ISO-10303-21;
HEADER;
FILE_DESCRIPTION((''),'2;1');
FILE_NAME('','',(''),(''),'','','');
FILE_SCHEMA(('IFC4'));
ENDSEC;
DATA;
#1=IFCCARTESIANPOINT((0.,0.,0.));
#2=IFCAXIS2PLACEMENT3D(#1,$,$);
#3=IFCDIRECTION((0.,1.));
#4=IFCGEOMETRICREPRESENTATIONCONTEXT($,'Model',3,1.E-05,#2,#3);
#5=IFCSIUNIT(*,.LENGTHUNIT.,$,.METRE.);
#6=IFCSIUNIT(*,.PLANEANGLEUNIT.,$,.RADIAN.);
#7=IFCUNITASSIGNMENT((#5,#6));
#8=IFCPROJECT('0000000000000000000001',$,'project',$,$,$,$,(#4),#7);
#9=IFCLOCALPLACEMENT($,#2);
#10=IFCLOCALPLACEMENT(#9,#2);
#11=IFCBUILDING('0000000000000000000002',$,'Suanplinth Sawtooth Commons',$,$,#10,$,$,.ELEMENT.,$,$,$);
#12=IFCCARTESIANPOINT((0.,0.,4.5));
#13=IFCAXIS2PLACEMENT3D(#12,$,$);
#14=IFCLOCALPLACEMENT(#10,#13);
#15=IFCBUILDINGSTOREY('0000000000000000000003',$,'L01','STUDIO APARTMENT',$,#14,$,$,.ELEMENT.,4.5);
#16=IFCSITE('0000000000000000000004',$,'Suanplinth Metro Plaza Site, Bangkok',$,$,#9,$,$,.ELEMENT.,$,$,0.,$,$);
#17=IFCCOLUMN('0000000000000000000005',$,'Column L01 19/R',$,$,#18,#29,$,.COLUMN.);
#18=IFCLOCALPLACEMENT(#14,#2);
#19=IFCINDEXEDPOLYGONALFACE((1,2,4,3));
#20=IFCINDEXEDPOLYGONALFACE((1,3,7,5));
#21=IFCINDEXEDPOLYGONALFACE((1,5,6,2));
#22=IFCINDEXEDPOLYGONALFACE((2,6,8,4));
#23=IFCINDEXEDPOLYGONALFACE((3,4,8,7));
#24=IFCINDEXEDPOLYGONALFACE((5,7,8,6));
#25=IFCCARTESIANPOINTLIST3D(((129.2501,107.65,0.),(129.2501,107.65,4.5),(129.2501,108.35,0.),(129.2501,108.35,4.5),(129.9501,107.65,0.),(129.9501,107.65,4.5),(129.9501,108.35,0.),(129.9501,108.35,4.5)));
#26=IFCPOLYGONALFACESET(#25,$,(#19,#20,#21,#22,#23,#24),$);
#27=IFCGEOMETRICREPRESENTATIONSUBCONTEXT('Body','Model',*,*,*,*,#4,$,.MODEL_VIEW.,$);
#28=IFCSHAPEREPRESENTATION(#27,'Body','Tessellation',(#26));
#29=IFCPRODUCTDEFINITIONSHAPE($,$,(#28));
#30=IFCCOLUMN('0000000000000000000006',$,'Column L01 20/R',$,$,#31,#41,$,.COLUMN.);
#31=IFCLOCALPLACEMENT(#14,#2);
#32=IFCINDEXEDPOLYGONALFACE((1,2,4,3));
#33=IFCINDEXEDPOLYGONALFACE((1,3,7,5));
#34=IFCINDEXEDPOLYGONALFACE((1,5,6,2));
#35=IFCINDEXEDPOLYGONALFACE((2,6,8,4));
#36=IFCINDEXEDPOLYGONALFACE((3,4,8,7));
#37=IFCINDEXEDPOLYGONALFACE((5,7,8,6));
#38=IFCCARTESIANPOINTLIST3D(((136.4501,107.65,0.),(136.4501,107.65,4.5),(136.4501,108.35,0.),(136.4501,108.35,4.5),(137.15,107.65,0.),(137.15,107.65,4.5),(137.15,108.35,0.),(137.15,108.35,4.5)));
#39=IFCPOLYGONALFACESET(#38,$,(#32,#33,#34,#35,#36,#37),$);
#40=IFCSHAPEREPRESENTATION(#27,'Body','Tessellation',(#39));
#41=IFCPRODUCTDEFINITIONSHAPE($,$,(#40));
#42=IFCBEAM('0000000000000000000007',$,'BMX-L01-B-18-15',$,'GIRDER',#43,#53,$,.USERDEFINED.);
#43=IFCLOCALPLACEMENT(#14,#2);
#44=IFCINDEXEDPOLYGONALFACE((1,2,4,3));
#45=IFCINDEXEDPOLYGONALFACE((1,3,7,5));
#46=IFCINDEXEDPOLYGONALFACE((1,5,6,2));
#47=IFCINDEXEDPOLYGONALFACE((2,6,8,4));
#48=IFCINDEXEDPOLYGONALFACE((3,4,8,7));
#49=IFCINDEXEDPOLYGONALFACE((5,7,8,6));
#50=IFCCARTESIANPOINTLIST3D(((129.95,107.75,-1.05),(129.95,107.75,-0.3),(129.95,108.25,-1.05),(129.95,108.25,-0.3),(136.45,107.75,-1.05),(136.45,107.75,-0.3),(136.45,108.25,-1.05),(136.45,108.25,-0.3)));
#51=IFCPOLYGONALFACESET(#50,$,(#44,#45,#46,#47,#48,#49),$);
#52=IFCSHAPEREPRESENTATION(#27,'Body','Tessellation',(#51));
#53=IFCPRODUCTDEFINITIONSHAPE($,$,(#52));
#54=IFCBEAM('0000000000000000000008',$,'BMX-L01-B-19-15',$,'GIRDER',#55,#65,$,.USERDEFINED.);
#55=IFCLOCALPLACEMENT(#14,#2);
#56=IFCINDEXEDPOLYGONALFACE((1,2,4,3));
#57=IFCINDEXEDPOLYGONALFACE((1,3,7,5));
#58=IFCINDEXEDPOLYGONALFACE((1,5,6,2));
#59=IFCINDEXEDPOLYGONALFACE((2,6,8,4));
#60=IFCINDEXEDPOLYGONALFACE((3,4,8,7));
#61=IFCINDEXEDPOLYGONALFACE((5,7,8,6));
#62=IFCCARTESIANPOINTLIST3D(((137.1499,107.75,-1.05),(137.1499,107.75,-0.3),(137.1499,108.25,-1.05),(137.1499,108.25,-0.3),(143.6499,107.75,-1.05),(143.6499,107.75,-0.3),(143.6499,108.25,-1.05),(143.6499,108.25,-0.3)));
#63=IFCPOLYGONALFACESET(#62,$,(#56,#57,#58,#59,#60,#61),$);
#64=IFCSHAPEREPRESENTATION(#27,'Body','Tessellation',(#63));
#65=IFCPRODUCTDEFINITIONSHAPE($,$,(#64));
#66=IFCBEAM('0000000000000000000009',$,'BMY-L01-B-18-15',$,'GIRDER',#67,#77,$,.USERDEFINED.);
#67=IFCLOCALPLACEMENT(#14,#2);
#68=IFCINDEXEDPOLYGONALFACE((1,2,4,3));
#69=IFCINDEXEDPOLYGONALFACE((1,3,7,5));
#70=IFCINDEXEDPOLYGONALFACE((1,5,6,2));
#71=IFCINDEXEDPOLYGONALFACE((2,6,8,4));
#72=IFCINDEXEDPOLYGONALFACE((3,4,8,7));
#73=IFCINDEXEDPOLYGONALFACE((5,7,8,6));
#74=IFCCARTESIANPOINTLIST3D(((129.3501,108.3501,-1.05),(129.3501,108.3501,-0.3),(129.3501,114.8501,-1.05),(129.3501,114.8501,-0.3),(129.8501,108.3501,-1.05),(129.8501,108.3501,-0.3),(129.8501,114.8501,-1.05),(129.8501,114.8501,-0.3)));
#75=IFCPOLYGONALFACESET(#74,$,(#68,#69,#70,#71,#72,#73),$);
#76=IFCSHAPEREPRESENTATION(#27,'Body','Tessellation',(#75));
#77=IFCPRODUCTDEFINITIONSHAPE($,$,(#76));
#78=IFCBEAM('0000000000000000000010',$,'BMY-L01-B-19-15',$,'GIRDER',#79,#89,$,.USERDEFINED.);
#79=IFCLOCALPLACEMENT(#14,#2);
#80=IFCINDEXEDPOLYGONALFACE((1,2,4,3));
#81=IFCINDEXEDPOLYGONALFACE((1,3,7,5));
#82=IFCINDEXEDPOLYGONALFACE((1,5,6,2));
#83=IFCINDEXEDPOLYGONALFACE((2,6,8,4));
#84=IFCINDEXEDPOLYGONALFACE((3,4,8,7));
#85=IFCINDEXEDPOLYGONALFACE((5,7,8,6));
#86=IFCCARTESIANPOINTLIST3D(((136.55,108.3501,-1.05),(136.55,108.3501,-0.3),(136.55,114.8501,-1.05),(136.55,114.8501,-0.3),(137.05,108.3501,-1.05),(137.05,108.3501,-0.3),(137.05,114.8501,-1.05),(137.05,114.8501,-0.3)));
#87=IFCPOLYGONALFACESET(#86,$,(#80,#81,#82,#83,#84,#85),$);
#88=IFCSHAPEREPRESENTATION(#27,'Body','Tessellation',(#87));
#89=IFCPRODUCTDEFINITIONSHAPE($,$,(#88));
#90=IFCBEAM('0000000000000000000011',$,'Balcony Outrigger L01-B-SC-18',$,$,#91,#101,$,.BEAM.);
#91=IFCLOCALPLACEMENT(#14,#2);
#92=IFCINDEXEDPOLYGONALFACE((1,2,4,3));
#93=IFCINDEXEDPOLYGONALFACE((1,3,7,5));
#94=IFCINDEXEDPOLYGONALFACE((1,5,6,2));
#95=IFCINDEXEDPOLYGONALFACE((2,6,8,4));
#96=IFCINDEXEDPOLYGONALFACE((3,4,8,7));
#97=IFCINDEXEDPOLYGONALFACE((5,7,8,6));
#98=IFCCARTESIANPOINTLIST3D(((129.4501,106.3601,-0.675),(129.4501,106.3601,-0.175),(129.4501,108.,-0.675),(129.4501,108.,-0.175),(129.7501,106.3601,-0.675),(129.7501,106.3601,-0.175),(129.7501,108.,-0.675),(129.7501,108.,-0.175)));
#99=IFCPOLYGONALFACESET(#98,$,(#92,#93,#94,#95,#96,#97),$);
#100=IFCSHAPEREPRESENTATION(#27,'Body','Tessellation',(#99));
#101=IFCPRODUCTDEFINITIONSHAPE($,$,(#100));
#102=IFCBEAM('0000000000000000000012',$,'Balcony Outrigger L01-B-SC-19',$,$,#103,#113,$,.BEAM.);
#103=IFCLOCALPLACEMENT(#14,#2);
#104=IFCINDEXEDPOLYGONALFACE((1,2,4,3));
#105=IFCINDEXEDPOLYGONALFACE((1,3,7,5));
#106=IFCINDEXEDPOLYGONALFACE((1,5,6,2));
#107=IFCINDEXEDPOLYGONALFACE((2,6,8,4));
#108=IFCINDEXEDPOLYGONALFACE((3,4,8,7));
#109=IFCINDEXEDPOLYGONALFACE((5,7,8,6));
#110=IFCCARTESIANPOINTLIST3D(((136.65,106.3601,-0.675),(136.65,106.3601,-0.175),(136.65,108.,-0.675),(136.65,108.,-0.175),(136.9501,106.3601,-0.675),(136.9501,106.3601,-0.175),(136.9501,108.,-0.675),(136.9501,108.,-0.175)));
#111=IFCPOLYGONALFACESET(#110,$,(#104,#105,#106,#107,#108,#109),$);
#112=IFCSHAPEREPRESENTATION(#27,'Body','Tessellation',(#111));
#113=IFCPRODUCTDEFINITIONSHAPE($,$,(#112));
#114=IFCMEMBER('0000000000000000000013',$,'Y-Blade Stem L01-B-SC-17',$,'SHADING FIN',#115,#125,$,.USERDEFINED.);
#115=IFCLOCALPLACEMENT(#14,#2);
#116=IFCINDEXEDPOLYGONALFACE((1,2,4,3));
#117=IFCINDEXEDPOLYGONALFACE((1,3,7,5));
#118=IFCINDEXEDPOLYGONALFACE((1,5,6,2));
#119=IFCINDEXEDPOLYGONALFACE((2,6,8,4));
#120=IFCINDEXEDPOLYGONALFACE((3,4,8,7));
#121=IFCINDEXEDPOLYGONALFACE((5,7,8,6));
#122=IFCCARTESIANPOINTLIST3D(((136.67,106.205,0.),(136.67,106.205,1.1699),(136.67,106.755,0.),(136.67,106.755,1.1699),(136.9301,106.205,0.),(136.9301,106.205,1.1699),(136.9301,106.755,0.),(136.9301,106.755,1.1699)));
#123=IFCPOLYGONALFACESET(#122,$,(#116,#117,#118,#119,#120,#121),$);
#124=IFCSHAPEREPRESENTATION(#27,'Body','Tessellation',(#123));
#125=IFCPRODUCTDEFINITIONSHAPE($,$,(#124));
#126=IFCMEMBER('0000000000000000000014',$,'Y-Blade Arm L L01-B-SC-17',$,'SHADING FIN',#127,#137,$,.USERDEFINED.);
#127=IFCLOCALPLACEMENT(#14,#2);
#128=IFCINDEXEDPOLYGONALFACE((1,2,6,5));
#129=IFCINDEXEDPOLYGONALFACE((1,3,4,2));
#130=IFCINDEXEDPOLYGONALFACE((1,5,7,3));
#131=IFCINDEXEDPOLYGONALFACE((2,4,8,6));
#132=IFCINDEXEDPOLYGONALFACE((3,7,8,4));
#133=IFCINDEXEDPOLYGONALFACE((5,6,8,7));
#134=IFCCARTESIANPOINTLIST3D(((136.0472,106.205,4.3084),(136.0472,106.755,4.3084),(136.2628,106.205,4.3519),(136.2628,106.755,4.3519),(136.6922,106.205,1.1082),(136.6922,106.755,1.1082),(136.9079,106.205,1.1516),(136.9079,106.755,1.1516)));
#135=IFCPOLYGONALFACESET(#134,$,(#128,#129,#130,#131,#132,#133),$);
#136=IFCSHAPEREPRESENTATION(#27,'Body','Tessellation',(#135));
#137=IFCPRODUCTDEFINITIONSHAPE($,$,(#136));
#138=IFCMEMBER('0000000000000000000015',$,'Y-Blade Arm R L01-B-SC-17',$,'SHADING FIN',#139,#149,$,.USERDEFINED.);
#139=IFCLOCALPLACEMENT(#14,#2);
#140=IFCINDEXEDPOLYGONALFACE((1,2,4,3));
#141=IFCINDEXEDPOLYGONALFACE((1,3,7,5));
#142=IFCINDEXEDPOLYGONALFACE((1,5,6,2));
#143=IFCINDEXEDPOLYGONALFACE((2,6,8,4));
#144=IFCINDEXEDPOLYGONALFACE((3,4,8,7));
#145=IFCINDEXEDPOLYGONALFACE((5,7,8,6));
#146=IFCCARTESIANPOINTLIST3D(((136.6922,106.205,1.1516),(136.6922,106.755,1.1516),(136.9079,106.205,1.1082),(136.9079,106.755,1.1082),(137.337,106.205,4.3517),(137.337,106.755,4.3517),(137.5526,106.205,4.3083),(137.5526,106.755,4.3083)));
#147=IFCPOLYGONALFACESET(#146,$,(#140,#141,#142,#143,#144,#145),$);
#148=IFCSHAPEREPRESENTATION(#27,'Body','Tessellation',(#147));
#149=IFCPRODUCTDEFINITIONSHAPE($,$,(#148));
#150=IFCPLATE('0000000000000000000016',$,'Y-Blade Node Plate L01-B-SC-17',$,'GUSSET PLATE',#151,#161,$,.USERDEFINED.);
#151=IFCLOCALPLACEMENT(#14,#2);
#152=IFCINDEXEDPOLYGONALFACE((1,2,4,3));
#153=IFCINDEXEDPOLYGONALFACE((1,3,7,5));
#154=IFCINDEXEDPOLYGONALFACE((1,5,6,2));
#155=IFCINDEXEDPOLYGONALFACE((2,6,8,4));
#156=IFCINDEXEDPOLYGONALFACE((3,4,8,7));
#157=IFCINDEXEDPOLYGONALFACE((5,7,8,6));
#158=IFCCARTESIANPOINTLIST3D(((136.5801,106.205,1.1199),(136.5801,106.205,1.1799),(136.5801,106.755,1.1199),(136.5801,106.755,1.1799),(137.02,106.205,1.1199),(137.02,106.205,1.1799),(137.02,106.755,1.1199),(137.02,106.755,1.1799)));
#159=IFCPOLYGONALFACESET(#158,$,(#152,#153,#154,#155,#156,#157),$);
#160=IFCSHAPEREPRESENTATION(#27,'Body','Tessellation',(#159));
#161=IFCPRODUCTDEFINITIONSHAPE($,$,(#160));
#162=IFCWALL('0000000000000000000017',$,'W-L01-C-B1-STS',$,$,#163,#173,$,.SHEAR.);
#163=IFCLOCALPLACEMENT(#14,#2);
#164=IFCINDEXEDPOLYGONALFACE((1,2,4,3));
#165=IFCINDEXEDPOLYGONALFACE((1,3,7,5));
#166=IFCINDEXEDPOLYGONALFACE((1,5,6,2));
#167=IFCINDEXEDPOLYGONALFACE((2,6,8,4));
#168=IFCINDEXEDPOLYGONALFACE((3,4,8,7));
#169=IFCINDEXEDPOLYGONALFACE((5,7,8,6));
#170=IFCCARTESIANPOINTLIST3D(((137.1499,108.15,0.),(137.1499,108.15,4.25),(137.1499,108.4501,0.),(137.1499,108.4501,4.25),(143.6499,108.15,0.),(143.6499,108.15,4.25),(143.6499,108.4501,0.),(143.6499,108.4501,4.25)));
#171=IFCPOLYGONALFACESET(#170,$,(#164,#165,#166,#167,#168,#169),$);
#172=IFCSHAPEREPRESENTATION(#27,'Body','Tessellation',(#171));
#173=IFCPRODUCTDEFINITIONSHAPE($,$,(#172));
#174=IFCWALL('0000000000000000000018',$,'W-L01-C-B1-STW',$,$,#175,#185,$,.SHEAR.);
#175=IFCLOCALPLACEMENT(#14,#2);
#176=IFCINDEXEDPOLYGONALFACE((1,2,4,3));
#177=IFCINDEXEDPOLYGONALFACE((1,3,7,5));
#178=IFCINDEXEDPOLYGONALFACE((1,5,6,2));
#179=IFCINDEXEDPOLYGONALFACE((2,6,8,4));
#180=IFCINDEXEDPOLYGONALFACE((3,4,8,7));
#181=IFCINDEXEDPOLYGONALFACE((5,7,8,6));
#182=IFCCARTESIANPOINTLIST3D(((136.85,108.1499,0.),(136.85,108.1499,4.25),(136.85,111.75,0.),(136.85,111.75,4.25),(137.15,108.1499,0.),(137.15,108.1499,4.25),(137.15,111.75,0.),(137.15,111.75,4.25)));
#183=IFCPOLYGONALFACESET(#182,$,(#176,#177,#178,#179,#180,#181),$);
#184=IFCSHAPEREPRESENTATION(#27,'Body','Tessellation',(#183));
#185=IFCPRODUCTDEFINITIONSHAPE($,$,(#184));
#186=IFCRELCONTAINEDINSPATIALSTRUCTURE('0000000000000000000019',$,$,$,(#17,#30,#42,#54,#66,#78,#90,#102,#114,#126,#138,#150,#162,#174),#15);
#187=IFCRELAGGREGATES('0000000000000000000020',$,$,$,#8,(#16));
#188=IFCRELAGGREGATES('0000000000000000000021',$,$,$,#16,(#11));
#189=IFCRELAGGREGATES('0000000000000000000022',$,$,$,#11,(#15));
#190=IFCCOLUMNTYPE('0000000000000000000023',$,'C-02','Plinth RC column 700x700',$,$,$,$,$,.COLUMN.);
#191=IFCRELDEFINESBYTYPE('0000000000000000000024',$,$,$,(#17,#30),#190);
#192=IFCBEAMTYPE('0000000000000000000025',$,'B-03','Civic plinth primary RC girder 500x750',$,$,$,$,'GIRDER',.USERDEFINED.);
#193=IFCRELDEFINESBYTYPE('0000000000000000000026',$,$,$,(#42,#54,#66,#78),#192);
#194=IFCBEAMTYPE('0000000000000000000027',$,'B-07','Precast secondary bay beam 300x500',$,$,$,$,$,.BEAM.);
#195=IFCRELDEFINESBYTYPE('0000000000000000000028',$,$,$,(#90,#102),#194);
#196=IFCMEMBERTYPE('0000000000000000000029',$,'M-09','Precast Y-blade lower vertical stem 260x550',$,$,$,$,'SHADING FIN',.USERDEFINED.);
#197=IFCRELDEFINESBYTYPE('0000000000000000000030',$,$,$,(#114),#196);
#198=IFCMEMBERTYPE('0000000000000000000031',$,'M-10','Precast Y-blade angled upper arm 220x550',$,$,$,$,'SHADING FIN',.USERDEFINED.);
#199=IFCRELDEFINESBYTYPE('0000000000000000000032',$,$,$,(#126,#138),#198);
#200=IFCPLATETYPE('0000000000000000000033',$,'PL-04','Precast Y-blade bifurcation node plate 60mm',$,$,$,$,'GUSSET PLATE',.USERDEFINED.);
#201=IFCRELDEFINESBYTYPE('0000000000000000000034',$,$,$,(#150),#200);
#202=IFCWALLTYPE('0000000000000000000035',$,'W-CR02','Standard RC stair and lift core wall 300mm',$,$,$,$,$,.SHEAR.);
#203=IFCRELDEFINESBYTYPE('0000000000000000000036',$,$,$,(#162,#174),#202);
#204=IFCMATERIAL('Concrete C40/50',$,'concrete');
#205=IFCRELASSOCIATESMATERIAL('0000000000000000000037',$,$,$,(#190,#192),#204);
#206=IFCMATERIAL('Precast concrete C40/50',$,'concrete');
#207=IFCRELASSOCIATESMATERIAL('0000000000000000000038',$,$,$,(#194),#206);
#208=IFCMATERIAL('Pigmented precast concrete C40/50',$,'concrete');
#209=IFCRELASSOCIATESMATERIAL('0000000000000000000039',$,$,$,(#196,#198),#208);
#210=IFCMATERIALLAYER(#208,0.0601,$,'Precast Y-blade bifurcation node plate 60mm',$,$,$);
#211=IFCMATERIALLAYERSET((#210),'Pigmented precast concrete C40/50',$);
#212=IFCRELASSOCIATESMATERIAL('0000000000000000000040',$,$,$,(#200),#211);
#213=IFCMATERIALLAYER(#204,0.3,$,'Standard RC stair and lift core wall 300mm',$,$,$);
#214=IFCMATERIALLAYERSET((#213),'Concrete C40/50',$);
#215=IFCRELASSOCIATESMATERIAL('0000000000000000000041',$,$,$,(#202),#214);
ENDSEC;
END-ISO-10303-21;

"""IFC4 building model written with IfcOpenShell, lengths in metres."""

from ifc_helpers import new_model, si_unit, direction, frame, frame_2d, origin, origin_2d, place, context, subcontext, project, spatial, rectangle, extrude, material, layer, layer_set, material_profile, profile_set, type_object, element, save


model = new_model("IFC4")

# Units and contexts
model_context = context("Model", 3, precision=1e-05, world=origin(), true_north=direction((0.0, 1.0)))
body_context = subcontext(model_context, "Body", "Model", "MODEL_VIEW")
ifc_project = project(units=[si_unit("LENGTHUNIT", "METRE"), si_unit("PLANEANGLEUNIT", "RADIAN")], contexts=[model_context])

# Site, building, storey
site_placement = place(None, origin())
site = spatial("IfcSite", under=ifc_project, at=site_placement, Name="Suanplinth Metro Plaza Site, Bangkok", CompositionType="ELEMENT", RefElevation=0.0)
building_placement = place(site_placement, origin())
building = spatial("IfcBuilding", under=site, at=building_placement, Name="Suanplinth Sawtooth Commons", CompositionType="ELEMENT")
storey_placement = place(building_placement, frame((0.0, 0.0, 4.5)))
storey = spatial("IfcBuildingStorey", under=building, at=storey_placement, Name="L01", Description="STUDIO APARTMENT", CompositionType="ELEMENT", Elevation=4.5)

# Columns
ifc_material_1 = material(Name="Concrete C40/50", Category="concrete")
ifc_material_profile_1 = material_profile(ifc_material_1, rectangle(XDim=0.7, YDim=0.7, at=origin_2d()), Name="RC-COL 700x700")
ifc_profile_set_1 = profile_set([ifc_material_profile_1], Name="Concrete C40/50")
column_type = type_object("IfcColumnType", Name="C-02", Description="Plinth RC column 700x700", PredefinedType="COLUMN", material=ifc_profile_set_1)
for number, where, z_axis, x_axis, name in (
    (1, (129.6001, 108.0, 0.0), (0.0, 0.0, 1.0), (1.0, 0.0, 0.0), "Column L01 19/R"),
    (2, (136.8, 108.0, 0.0), (0.0, 0.0, 1.0), (1.0, 0.0, 0.0), "Column L01 20/R"),
):
    element("IfcColumn", number, at=place(storey_placement, frame(where, z_axis=z_axis, x_axis=x_axis)), inside=storey, type_object=column_type, Name=name, PredefinedType="COLUMN", context=body_context, shape_type="SweptSolid", body=[
        extrude(rectangle(XDim=0.7, YDim=0.7, at=origin_2d()), origin(), (0.0, 0.0, 1.0), 4.5),
    ])

# Beams
ifc_material_profile_2 = material_profile(ifc_material_1, rectangle(XDim=0.5, YDim=0.75, at=origin_2d()), Name="RC-GDR 500x750")
ifc_profile_set_2 = profile_set([ifc_material_profile_2], Name="Concrete C40/50")
beam_type_1 = type_object("IfcBeamType", Name="B-03", Description="Civic plinth primary RC girder 500x750", ElementType="GIRDER", PredefinedType="USERDEFINED", material=ifc_profile_set_2)
for number, where, z_axis, x_axis, name in (
    (3, (129.95, 108.0, -0.675), (1.0, 0.0, 0.0), (0.0, 1.0, 0.0), "BMX-L01-B-18-15"),
    (4, (137.1499, 108.0, -0.675), (1.0, 0.0, 0.0), (0.0, 1.0, 0.0), "BMX-L01-B-19-15"),
    (5, (129.6001, 108.3501, -0.675), (0.0, 1.0, 0.0), (-1.0, 0.0, 0.0), "BMY-L01-B-18-15"),
    (6, (136.8, 108.3501, -0.675), (0.0, 1.0, 0.0), (-1.0, 0.0, 0.0), "BMY-L01-B-19-15"),
):
    element("IfcBeam", number, at=place(storey_placement, frame(where, z_axis=z_axis, x_axis=x_axis)), inside=storey, type_object=beam_type_1, Name=name, ObjectType="GIRDER", PredefinedType="USERDEFINED", context=body_context, shape_type="SweptSolid", body=[
        extrude(rectangle(XDim=0.5, YDim=0.75, at=origin_2d()), origin(), (0.0, 0.0, 1.0), 6.5),
    ])
ifc_material_2 = material(Name="Precast concrete C40/50", Category="concrete")
ifc_material_profile_3 = material_profile(ifc_material_2, rectangle(XDim=0.3, YDim=0.5, at=origin_2d()), Name="PC-BM 300x500")
ifc_profile_set_3 = profile_set([ifc_material_profile_3], Name="Precast concrete C40/50")
beam_type_2 = type_object("IfcBeamType", Name="B-07", Description="Precast secondary bay beam 300x500", PredefinedType="BEAM", material=ifc_profile_set_3)
for number, where, z_axis, x_axis, name in (
    (7, (129.6001, 108.0, -0.425), (0.0, -1.0, 0.0), (1.0, 0.0, 0.0), "Balcony Outrigger L01-B-SC-18"),
    (8, (136.8, 108.0, -0.425), (0.0, -1.0, 0.0), (1.0, 0.0, 0.0), "Balcony Outrigger L01-B-SC-19"),
):
    element("IfcBeam", number, at=place(storey_placement, frame(where, z_axis=z_axis, x_axis=x_axis)), inside=storey, type_object=beam_type_2, Name=name, PredefinedType="BEAM", context=body_context, shape_type="SweptSolid", body=[
        extrude(rectangle(XDim=0.3, YDim=0.5, at=origin_2d()), origin(), (0.0, 0.0, 1.0), 1.6399),
    ])

# Members
ifc_material_3 = material(Name="Pigmented precast concrete C40/50", Category="concrete")
ifc_material_profile_4 = material_profile(ifc_material_3, rectangle(XDim=0.26, YDim=0.55, at=origin_2d()), Name="PC-FIN 260x550")
ifc_profile_set_4 = profile_set([ifc_material_profile_4], Name="Pigmented precast concrete C40/50")
member_type_1 = type_object("IfcMemberType", Name="M-09", Description="Precast Y-blade lower vertical stem 260x550", ElementType="SHADING FIN", PredefinedType="USERDEFINED", material=ifc_profile_set_4)
member_1_placement = place(storey_placement, frame((136.8, 106.48, 0.0), z_axis=(0.0, 0.0, 1.0), x_axis=(1.0, 0.0, 0.0)))
element("IfcMember", 9, at=member_1_placement, inside=storey, type_object=member_type_1, Name="Y-Blade Stem L01-B-SC-17", ObjectType="SHADING FIN", PredefinedType="USERDEFINED", context=body_context, shape_type="SweptSolid", body=[
    extrude(rectangle(XDim=0.26, YDim=0.55, at=origin_2d()), origin(), (0.0, 0.0, 1.0), 1.1699),
])
ifc_material_profile_5 = material_profile(ifc_material_3, rectangle(XDim=0.22, YDim=0.55, at=origin_2d()), Name="PC-FIN 220x550")
ifc_profile_set_5 = profile_set([ifc_material_profile_5], Name="Pigmented precast concrete C40/50")
member_type_2 = type_object("IfcMemberType", Name="M-10", Description="Precast Y-blade angled upper arm 220x550", ElementType="SHADING FIN", PredefinedType="USERDEFINED", material=ifc_profile_set_5)
member_2_placement = place(storey_placement, frame((136.8, 106.48, 1.1299), z_axis=(-0.197583, 0.0, 0.980286), x_axis=(0.980286, 0.0, 0.197583)))
element("IfcMember", 10, at=member_2_placement, inside=storey, type_object=member_type_2, Name="Y-Blade Arm L L01-B-SC-17", ObjectType="SHADING FIN", PredefinedType="USERDEFINED", context=body_context, shape_type="SweptSolid", body=[
    extrude(rectangle(XDim=0.22, YDim=0.55, at=origin_2d()), origin(), (0.0, 0.0, 1.0), 3.2646),
])
member_3_placement = place(storey_placement, frame((136.8, 106.48, 1.1299), z_axis=(0.197511, 0.0, 0.980301), x_axis=(-0.980301, 0.0, 0.197511)))
element("IfcMember", 11, at=member_3_placement, inside=storey, type_object=member_type_2, Name="Y-Blade Arm R L01-B-SC-17", ObjectType="SHADING FIN", PredefinedType="USERDEFINED", context=body_context, shape_type="SweptSolid", body=[
    extrude(rectangle(XDim=0.22, YDim=0.55, at=origin_2d()), origin(), (0.0, 0.0, 1.0), 3.2644),
])

# Plate
ifc_layer_1 = layer(ifc_material_3, 0.0601, Name="Precast Y-blade bifurcation node plate 60mm")
ifc_layer_set_1 = layer_set([ifc_layer_1], Name="Pigmented precast concrete C40/50")
plate_type = type_object("IfcPlateType", Name="PL-04", Description="Precast Y-blade bifurcation node plate 60mm", ElementType="GUSSET PLATE", PredefinedType="USERDEFINED", material=ifc_layer_set_1)
plate_placement = place(storey_placement, frame((136.8, 106.48, 1.1199), z_axis=(0.0, 0.0, 1.0), x_axis=(1.0, 0.0, 0.0)))
element("IfcPlate", 12, at=plate_placement, inside=storey, type_object=plate_type, Name="Y-Blade Node Plate L01-B-SC-17", ObjectType="GUSSET PLATE", PredefinedType="USERDEFINED", context=body_context, shape_type="SweptSolid", body=[
    extrude(rectangle(XDim=0.4399, YDim=0.55, at=origin_2d()), origin(), (0.0, 0.0, 1.0), 0.0601),
])

# Walls
ifc_layer_2 = layer(ifc_material_1, 0.3, Name="Standard RC stair and lift core wall 300mm")
ifc_layer_set_2 = layer_set([ifc_layer_2], Name="Concrete C40/50")
wall_type_1 = type_object("IfcWallType", Name="W-CR02", Description="Standard RC stair and lift core wall 300mm", PredefinedType="SHEAR", material=ifc_layer_set_2)
wall_1_placement = place(storey_placement, frame((137.1499, 108.3, 0.0), z_axis=(0.0, 0.0, 1.0), x_axis=(1.0, 0.0, 0.0)))
element("IfcWall", 13, at=wall_1_placement, inside=storey, type_object=wall_type_1, Name="W-L01-C-B1-STS", PredefinedType="SHEAR", context=body_context, shape_type="SweptSolid", body=[
    extrude(rectangle(XDim=6.5, YDim=0.3, at=frame_2d((3.25, 0.0))), origin(), (0.0, 0.0, 1.0), 4.25),
])
wall_2_placement = place(storey_placement, frame((137.0, 108.1499, 0.0), z_axis=(0.0, 0.0, 1.0), x_axis=(0.0, 1.0, 0.0)))
element("IfcWall", 14, at=wall_2_placement, inside=storey, type_object=wall_type_1, Name="W-L01-C-B1-STW", PredefinedType="SHEAR", context=body_context, shape_type="SweptSolid", body=[
    extrude(rectangle(XDim=3.6001, YDim=0.3, at=frame_2d((1.8, 0.0))), origin(), (0.0, 0.0, 1.0), 4.25),
])

save(model, "model.ifc")
